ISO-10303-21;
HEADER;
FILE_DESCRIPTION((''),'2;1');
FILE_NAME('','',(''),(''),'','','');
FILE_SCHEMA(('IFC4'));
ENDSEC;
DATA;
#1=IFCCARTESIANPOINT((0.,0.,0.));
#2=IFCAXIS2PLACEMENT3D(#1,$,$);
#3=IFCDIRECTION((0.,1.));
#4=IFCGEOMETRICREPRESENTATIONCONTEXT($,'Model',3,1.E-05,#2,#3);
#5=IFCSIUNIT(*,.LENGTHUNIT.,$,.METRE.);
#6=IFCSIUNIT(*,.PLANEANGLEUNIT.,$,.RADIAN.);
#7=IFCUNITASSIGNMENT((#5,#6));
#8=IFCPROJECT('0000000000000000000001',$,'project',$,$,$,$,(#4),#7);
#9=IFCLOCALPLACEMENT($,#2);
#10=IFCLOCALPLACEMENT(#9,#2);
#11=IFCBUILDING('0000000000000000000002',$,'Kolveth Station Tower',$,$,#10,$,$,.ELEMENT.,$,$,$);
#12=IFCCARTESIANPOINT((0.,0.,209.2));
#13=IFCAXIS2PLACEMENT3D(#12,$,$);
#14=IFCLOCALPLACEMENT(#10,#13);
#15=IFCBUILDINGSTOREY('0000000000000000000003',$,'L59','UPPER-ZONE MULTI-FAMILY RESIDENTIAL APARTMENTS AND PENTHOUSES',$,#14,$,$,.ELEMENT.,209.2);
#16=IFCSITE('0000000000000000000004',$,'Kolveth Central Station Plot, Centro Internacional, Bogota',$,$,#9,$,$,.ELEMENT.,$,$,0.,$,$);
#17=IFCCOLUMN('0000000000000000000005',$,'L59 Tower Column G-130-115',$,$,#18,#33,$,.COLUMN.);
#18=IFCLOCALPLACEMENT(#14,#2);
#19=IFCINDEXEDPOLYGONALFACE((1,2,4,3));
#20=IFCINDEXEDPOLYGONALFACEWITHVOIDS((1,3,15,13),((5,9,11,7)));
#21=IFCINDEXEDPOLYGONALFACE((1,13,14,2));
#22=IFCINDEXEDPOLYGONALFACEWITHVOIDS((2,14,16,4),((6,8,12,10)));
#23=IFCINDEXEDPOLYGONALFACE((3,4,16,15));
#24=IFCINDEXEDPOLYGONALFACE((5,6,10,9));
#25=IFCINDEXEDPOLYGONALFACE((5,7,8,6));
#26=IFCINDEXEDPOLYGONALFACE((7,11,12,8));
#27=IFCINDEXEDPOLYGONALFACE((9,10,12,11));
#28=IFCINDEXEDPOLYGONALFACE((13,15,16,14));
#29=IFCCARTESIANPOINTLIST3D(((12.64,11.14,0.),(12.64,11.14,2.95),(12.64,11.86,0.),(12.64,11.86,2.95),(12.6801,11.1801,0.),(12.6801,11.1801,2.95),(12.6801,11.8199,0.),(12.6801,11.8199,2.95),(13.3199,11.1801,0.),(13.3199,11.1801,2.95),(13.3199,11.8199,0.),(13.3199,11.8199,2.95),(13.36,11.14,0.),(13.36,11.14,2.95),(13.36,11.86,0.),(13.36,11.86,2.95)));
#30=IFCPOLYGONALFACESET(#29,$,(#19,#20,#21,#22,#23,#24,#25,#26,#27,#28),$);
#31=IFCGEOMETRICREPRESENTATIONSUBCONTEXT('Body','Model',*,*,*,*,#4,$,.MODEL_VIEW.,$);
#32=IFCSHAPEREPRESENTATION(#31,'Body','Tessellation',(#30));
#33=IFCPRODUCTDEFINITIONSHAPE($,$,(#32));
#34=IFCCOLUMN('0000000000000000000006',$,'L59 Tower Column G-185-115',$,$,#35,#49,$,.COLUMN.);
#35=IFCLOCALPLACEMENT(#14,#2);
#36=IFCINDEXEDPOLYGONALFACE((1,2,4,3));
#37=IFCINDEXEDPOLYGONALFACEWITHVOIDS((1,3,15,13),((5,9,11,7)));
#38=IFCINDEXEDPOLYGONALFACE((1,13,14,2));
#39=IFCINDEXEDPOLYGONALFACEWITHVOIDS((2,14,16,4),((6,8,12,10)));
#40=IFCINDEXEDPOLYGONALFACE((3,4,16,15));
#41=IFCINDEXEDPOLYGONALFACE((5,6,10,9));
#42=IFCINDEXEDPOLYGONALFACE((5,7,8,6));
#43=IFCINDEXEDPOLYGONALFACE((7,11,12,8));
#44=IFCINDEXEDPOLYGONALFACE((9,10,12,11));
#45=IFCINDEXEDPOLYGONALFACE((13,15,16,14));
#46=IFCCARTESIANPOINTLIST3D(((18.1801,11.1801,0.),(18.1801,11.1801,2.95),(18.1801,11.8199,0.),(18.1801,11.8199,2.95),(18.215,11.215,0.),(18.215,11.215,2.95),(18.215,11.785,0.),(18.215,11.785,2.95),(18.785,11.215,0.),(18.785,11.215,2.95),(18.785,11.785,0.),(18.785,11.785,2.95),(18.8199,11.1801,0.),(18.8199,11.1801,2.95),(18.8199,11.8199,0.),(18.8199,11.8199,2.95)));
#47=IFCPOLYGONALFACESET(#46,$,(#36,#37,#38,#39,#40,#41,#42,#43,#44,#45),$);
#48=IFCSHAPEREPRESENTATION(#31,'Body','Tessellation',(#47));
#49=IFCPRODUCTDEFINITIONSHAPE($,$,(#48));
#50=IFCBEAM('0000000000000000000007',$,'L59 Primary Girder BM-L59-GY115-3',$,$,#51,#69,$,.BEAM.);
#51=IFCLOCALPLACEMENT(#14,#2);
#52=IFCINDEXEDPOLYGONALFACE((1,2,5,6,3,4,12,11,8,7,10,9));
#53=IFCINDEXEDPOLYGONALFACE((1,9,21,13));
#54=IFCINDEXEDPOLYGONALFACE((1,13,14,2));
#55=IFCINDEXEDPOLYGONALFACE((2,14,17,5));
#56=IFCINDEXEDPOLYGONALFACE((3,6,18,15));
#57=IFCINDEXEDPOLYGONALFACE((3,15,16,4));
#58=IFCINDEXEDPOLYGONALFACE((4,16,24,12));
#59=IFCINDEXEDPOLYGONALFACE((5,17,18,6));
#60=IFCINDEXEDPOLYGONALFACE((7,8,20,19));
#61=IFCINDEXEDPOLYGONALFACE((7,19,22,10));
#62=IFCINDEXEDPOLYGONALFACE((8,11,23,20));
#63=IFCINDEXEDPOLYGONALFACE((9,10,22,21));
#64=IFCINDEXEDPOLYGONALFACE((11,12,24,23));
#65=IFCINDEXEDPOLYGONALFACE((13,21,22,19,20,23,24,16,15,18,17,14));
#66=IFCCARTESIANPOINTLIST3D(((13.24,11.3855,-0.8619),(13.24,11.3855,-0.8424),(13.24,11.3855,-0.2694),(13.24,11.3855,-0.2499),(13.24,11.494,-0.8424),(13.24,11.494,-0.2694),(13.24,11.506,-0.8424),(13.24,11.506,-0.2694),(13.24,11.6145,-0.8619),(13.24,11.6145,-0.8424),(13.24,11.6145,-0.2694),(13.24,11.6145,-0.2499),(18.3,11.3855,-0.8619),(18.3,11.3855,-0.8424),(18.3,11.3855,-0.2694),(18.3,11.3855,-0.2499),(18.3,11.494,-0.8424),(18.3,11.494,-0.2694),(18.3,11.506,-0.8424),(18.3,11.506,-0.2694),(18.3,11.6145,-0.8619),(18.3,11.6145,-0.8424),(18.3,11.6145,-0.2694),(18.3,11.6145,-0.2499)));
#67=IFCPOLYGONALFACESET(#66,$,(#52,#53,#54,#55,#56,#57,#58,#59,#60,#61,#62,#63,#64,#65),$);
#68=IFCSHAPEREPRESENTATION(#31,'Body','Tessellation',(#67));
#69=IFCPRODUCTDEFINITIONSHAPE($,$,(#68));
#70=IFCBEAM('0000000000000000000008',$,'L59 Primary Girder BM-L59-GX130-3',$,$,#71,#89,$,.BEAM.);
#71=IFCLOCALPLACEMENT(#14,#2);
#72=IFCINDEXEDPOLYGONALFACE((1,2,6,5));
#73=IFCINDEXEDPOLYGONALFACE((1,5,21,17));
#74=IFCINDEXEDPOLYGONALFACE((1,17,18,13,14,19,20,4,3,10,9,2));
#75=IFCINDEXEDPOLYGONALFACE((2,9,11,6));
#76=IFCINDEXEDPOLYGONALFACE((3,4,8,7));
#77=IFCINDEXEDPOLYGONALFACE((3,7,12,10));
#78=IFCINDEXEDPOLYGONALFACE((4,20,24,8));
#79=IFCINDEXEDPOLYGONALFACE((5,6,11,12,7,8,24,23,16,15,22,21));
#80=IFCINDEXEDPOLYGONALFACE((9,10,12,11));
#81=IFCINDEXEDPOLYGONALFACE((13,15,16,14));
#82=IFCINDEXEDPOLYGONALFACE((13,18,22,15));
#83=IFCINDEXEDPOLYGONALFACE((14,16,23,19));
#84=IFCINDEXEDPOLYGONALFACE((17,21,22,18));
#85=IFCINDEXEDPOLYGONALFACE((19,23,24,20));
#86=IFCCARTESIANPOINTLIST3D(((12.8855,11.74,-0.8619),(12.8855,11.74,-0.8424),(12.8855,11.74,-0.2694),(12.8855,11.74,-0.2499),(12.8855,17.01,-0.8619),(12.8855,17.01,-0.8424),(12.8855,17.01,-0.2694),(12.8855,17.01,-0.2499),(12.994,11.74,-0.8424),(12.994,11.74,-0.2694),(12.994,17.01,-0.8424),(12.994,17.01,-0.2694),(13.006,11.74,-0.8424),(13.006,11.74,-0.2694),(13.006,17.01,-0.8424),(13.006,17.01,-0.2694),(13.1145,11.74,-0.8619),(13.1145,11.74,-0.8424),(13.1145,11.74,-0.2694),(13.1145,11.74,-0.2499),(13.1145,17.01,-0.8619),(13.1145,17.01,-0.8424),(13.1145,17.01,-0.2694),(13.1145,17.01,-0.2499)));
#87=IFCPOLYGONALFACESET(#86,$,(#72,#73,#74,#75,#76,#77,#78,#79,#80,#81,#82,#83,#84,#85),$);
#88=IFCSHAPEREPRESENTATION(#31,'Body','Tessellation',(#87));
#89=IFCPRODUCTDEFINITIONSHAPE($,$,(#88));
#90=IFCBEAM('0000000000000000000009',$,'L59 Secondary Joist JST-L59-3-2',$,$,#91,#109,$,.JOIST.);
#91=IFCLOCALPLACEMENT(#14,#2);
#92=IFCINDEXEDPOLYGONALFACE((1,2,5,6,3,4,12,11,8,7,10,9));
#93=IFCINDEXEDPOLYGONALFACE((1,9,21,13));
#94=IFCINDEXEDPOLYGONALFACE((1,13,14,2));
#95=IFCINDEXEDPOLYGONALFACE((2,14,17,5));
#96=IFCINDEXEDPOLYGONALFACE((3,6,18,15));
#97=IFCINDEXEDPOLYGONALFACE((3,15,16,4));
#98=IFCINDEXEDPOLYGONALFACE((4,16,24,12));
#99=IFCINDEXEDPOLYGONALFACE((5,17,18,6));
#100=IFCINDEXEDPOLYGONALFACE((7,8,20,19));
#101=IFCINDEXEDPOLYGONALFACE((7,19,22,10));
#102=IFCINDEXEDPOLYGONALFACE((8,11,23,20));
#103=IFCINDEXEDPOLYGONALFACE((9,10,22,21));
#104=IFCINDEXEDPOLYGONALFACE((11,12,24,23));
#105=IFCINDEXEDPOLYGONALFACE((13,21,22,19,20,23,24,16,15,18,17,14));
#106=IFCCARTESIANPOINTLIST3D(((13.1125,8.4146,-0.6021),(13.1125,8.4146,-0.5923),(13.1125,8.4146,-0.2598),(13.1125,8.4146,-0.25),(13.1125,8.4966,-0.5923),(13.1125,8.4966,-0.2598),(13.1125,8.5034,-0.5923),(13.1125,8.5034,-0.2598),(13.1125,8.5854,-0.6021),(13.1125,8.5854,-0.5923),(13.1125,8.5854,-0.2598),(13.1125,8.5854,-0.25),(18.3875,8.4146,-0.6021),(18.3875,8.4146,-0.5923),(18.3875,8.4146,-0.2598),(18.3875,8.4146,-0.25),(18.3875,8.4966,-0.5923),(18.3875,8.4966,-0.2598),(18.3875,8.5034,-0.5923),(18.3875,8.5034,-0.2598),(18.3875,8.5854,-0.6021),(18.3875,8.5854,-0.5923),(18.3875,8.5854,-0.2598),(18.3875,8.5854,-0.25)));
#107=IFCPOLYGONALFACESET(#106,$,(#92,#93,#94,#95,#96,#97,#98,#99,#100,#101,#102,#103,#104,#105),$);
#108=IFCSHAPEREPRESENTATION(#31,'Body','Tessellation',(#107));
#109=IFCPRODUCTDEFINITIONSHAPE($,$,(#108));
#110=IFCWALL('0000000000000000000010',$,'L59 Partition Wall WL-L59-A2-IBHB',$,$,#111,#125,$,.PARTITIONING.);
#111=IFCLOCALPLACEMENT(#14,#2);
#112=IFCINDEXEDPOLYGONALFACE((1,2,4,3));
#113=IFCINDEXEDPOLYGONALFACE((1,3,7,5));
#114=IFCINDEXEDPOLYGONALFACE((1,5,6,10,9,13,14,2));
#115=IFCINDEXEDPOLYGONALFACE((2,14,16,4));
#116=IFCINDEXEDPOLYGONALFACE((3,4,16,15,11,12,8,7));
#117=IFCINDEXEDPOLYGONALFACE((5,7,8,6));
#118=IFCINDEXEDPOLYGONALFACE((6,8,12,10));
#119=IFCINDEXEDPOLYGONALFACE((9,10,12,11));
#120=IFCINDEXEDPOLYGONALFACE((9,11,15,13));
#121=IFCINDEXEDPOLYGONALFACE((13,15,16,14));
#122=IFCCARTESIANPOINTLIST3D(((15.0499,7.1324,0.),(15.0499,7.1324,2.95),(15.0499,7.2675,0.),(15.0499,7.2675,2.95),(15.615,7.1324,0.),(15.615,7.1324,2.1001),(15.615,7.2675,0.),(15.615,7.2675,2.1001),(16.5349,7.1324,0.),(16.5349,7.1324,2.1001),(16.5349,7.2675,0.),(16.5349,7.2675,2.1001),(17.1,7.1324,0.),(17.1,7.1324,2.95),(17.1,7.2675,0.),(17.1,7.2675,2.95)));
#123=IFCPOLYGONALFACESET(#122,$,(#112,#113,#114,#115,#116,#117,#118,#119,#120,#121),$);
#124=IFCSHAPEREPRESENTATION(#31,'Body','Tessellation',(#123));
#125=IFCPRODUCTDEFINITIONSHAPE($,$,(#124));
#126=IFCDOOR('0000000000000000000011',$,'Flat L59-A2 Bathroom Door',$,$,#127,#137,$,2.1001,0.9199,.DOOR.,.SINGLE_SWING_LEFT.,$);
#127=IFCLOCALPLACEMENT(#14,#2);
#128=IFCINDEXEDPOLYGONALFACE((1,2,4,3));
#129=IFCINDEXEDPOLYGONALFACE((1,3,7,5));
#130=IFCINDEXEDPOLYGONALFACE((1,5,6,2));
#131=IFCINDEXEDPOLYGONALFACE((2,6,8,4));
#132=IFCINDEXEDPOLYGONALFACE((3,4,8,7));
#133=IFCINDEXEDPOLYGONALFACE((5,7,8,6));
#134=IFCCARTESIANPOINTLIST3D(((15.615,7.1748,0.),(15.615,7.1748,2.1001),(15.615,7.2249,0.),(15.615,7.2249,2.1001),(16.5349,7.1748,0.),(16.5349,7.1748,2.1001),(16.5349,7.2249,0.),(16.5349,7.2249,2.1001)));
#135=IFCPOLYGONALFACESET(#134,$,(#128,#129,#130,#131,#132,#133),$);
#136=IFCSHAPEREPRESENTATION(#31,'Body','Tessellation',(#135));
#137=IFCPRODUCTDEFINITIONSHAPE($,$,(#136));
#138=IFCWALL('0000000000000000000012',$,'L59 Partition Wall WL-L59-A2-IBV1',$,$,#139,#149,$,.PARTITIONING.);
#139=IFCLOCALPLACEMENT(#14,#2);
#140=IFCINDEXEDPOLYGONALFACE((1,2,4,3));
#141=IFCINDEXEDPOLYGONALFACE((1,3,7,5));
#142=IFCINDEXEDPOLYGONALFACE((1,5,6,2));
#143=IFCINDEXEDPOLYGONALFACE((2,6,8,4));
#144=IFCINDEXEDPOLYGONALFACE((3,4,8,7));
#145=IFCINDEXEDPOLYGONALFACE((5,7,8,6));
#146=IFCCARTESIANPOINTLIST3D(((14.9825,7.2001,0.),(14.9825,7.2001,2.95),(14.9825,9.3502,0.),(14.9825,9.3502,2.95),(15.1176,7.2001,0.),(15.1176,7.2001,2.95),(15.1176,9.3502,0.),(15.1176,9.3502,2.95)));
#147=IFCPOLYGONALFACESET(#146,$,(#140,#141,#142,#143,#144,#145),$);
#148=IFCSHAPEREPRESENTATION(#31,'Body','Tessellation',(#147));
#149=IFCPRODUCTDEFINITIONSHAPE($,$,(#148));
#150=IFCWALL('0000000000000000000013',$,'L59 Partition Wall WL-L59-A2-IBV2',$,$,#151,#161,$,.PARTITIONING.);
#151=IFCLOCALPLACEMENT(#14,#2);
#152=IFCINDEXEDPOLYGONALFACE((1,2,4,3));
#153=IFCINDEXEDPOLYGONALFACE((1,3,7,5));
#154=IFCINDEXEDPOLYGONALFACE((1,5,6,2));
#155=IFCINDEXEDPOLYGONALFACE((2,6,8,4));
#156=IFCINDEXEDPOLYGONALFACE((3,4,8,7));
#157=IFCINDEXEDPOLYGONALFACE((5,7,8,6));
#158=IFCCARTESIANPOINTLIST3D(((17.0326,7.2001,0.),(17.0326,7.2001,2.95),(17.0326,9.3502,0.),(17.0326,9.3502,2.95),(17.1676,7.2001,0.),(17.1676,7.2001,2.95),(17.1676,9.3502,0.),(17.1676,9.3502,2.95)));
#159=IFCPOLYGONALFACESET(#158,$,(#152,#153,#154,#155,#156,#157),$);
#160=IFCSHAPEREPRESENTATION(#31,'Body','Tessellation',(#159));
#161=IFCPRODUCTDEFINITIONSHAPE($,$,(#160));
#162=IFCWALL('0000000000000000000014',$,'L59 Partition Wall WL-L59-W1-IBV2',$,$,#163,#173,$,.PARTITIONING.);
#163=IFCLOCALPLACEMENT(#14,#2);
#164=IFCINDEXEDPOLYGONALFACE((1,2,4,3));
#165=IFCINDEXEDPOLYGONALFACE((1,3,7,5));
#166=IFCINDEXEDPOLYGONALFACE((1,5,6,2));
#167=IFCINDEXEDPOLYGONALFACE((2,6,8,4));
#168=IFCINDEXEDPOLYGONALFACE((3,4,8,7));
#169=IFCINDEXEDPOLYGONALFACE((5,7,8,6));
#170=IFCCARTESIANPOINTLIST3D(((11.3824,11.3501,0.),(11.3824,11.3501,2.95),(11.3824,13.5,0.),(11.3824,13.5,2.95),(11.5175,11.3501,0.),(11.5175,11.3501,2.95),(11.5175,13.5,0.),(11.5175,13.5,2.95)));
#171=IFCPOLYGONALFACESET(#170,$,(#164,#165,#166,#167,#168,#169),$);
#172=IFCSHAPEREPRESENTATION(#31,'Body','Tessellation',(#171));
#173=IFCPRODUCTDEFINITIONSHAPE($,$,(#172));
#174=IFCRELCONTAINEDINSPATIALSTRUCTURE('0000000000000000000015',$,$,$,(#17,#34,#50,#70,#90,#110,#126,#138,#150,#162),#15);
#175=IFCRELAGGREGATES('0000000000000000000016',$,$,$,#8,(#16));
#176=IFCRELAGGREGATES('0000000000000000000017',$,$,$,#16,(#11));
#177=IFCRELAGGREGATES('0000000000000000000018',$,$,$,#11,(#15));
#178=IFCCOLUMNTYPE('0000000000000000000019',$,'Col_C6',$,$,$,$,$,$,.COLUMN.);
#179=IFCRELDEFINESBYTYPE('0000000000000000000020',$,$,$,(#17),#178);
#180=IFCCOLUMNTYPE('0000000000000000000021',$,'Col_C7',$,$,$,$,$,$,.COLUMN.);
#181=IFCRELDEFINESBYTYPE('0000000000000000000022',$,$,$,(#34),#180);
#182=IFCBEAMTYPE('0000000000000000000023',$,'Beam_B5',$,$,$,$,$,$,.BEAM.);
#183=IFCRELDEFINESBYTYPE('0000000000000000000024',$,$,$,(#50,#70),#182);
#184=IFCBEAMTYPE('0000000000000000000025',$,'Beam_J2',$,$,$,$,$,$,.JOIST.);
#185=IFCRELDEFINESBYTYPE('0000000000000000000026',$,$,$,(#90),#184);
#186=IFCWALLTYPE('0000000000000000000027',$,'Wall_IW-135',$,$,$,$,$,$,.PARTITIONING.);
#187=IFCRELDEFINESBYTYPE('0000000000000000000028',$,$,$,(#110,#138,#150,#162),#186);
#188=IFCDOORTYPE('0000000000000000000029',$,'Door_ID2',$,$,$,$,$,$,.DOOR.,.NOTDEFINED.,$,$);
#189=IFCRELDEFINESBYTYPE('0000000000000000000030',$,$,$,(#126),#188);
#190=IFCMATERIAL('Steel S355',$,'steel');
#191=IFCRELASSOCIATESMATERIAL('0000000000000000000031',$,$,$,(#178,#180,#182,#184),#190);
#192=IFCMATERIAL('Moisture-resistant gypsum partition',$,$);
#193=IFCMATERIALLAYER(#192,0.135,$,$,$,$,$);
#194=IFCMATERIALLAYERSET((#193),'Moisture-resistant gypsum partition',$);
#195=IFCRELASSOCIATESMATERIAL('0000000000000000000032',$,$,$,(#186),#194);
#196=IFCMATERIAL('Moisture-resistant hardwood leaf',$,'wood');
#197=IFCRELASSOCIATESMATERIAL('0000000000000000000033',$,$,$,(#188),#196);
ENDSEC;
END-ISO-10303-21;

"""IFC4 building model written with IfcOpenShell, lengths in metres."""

from ifc_helpers import new_model, si_unit, direction, frame, frame_2d, origin, origin_2d, place, context, subcontext, project, spatial, rectangle, hollow_rectangle, i_section, extrude, source, transform, mapped, material, layer, layer_set, material_profile, profile_set, type_object, element, fill, save


model = new_model("IFC4")

# Units and contexts
model_context = context("Model", 3, precision=1e-05, world=origin(), true_north=direction((0.0, 1.0)))
body_context = subcontext(model_context, "Body", "Model", "MODEL_VIEW")
ifc_project = project(units=[si_unit("LENGTHUNIT", "METRE"), si_unit("PLANEANGLEUNIT", "RADIAN")], contexts=[model_context])

# Site, building, storey
site_placement = place(None, origin())
site = spatial("IfcSite", under=ifc_project, at=site_placement, Name="Kolveth Central Station Plot, Centro Internacional, Bogota", CompositionType="ELEMENT", RefElevation=0.0)
building_placement = place(site_placement, origin())
building = spatial("IfcBuilding", under=site, at=building_placement, Name="Kolveth Station Tower", CompositionType="ELEMENT")
storey_placement = place(building_placement, frame((0.0, 0.0, 209.2)))
storey = spatial("IfcBuildingStorey", under=building, at=storey_placement, Name="L59", Description="UPPER-ZONE MULTI-FAMILY RESIDENTIAL APARTMENTS AND PENTHOUSES", CompositionType="ELEMENT", Elevation=209.2)

# Columns
ifc_material_1 = material(Name="Steel S355", Category="steel")
ifc_material_profile_1 = material_profile(ifc_material_1, hollow_rectangle(XDim=0.72, YDim=0.72, WallThickness=0.04, at=origin_2d()), Name="BOX720x720x40")
ifc_profile_set_1 = profile_set([ifc_material_profile_1], Name="Steel S355")
column_type_1 = type_object("IfcColumnType", Name="Col_C6", PredefinedType="COLUMN", material=ifc_profile_set_1)
shared_shape_1 = source(origin(), body_context, "Body", "SweptSolid", [
    extrude(hollow_rectangle(XDim=0.72, YDim=0.72, WallThickness=0.04, at=origin_2d()), origin(), (0.0, 0.0, 1.0), 2.95),
])
column_1_placement = place(storey_placement, frame((13.0, 11.5, 0.0), z_axis=(0.0, 0.0, 1.0), x_axis=(1.0, 0.0, 0.0)))
element("IfcColumn", 1, at=column_1_placement, inside=storey, type_object=column_type_1, Name="L59 Tower Column G-130-115", PredefinedType="COLUMN", context=body_context, shape_type="MappedRepresentation", body=[
    mapped(shared_shape_1, transform((0.0, 0.0, 0.0), x_axis=(1.0, 0.0, 0.0), y_axis=(0.0, 1.0, 0.0), z_axis=(0.0, 0.0, 1.0), scale=1.0)),
])
ifc_material_profile_2 = material_profile(ifc_material_1, hollow_rectangle(XDim=0.6399, YDim=0.6399, WallThickness=0.0349, at=origin_2d()), Name="BOX640x640x35")
ifc_profile_set_2 = profile_set([ifc_material_profile_2], Name="Steel S355")
column_type_2 = type_object("IfcColumnType", Name="Col_C7", PredefinedType="COLUMN", material=ifc_profile_set_2)
shared_shape_2 = source(origin(), body_context, "Body", "SweptSolid", [
    extrude(hollow_rectangle(XDim=0.6399, YDim=0.6399, WallThickness=0.0349, at=origin_2d()), origin(), (0.0, 0.0, 1.0), 2.95),
])
column_2_placement = place(storey_placement, frame((18.5, 11.5, 0.0), z_axis=(0.0, 0.0, 1.0), x_axis=(1.0, 0.0, 0.0)))
element("IfcColumn", 2, at=column_2_placement, inside=storey, type_object=column_type_2, Name="L59 Tower Column G-185-115", PredefinedType="COLUMN", context=body_context, shape_type="MappedRepresentation", body=[
    mapped(shared_shape_2, transform((0.0, 0.0, 0.0), x_axis=(1.0, 0.0, 0.0), y_axis=(0.0, 1.0, 0.0), z_axis=(0.0, 0.0, 1.0), scale=1.0)),
])

# Beams
ifc_material_profile_3 = material_profile(ifc_material_1, i_section(OverallWidth=0.229, OverallDepth=0.6121, WebThickness=0.012, FlangeThickness=0.0195, at=origin_2d()), Name="W610x125")
ifc_profile_set_3 = profile_set([ifc_material_profile_3], Name="Steel S355")
beam_type_1 = type_object("IfcBeamType", Name="Beam_B5", PredefinedType="BEAM", material=ifc_profile_set_3)
shared_shape_3 = source(origin(), body_context, "Body", "SweptSolid", [
    extrude(i_section(OverallWidth=0.229, OverallDepth=0.6121, WebThickness=0.012, FlangeThickness=0.0195, at=origin_2d()), origin(), (0.0, 0.0, 1.0), 5.0601),
])
beam_1_placement = place(storey_placement, frame((13.24, 11.5, -0.5559), z_axis=(1.0, 0.0, 0.0), x_axis=(0.0, 1.0, 0.0)))
element("IfcBeam", 3, at=beam_1_placement, inside=storey, type_object=beam_type_1, Name="L59 Primary Girder BM-L59-GY115-3", PredefinedType="BEAM", context=body_context, shape_type="MappedRepresentation", body=[
    mapped(shared_shape_3, transform((0.0, 0.0, 0.0), x_axis=(1.0, 0.0, 0.0), y_axis=(0.0, 1.0, 0.0), z_axis=(0.0, 0.0, 1.0), scale=1.0)),
])
shared_shape_4 = source(origin(), body_context, "Body", "SweptSolid", [
    extrude(i_section(OverallWidth=0.229, OverallDepth=0.6121, WebThickness=0.012, FlangeThickness=0.0195, at=origin_2d()), origin(), (0.0, 0.0, 1.0), 5.27),
])
beam_2_placement = place(storey_placement, frame((13.0, 11.74, -0.5559), z_axis=(0.0, 1.0, 0.0), x_axis=(-1.0, 0.0, 0.0)))
element("IfcBeam", 4, at=beam_2_placement, inside=storey, type_object=beam_type_1, Name="L59 Primary Girder BM-L59-GX130-3", PredefinedType="BEAM", context=body_context, shape_type="MappedRepresentation", body=[
    mapped(shared_shape_4, transform((0.0, 0.0, 0.0), x_axis=(1.0, 0.0, 0.0), y_axis=(0.0, 1.0, 0.0), z_axis=(0.0, 0.0, 1.0), scale=1.0)),
])
ifc_material_profile_4 = material_profile(ifc_material_1, i_section(OverallWidth=0.1709, OverallDepth=0.3521, WebThickness=0.0068, FlangeThickness=0.0098, at=origin_2d()), Name="W360x44")
ifc_profile_set_4 = profile_set([ifc_material_profile_4], Name="Steel S355")
beam_type_2 = type_object("IfcBeamType", Name="Beam_J2", PredefinedType="JOIST", material=ifc_profile_set_4)
shared_shape_5 = source(origin(), body_context, "Body", "SweptSolid", [
    extrude(i_section(OverallWidth=0.1709, OverallDepth=0.3521, WebThickness=0.0068, FlangeThickness=0.0098, at=origin_2d()), origin(), (0.0, 0.0, 1.0), 5.2749),
])
beam_3_placement = place(storey_placement, frame((13.1125, 8.5, -0.426), z_axis=(1.0, 0.0, 0.0), x_axis=(0.0, 1.0, 0.0)))
element("IfcBeam", 5, at=beam_3_placement, inside=storey, type_object=beam_type_2, Name="L59 Secondary Joist JST-L59-3-2", PredefinedType="JOIST", context=body_context, shape_type="MappedRepresentation", body=[
    mapped(shared_shape_5, transform((0.0, 0.0, 0.0), x_axis=(1.0, 0.0, 0.0), y_axis=(0.0, 1.0, 0.0), z_axis=(0.0, 0.0, 1.0), scale=1.0)),
])

# Wall, opening, door
ifc_material_2 = material(Name="Moisture-resistant gypsum partition")
ifc_layer_1 = layer(ifc_material_2, 0.135)
ifc_layer_set_1 = layer_set([ifc_layer_1], Name="Moisture-resistant gypsum partition")
wall_type_1 = type_object("IfcWallType", Name="Wall_IW-135", PredefinedType="PARTITIONING", material=ifc_layer_set_1)
wall_1_placement = place(storey_placement, frame((15.05, 7.2, 0.0), z_axis=(0.0, 0.0, 1.0), x_axis=(1.0, 0.0, 0.0)))
wall_1 = element("IfcWall", 6, at=wall_1_placement, inside=storey, type_object=wall_type_1, Name="L59 Partition Wall WL-L59-A2-IBHB", PredefinedType="PARTITIONING", context=body_context, shape_type="SweptSolid", body=[
    extrude(rectangle(XDim=2.05, YDim=0.135, at=frame_2d((1.0249, 0.0))), origin(), (0.0, 0.0, 1.0), 2.95),
])
opening_1_placement = place(wall_1_placement, frame((0.5649, 0.0, 0.0)))
opening_1 = element("IfcOpeningElement", 7, at=opening_1_placement, cuts=wall_1, PredefinedType="OPENING", context=body_context, shape_type="SweptSolid", body=[
    extrude(rectangle(XDim=0.9199, YDim=2.1001, at=frame_2d((0.46, 1.05))), frame((0.0, 0.0774, 0.0), z_axis=(0.0, -1.0, 0.0), x_axis=(1.0, 0.0, 0.0)), (0.0, 0.0, 1.0), 0.155),
])
ifc_material_3 = material(Name="Moisture-resistant hardwood leaf", Category="wood")
door_type_1 = type_object("IfcDoorType", Name="Door_ID2", OperationType="NOTDEFINED", PredefinedType="DOOR", material=ifc_material_3)
door_1_placement = place(opening_1_placement, origin())
door_1 = element("IfcDoor", 8, at=door_1_placement, inside=storey, type_object=door_type_1, Name="Flat L59-A2 Bathroom Door", OperationType="SINGLE_SWING_LEFT", OverallHeight=2.1001, OverallWidth=0.9199, PredefinedType="DOOR", context=body_context, shape_type="SweptSolid", body=[
    extrude(rectangle(XDim=0.9199, YDim=2.1001, at=frame_2d((0.46, 1.05))), frame((0.0, 0.0249, 0.0), z_axis=(0.0, -1.0, 0.0), x_axis=(1.0, 0.0, 0.0)), (0.0, 0.0, 1.0), 0.05),
])
fill(opening_1, door_1)

# Walls
for number, where, z_axis, x_axis, name in (
    (9, (15.05, 7.2, 0.0), (0.0, 0.0, 1.0), (0.0, 1.0, 0.0), "L59 Partition Wall WL-L59-A2-IBV1"),
    (10, (17.1001, 7.2, 0.0), (0.0, 0.0, 1.0), (0.0, 1.0, 0.0), "L59 Partition Wall WL-L59-A2-IBV2"),
):
    element("IfcWall", number, at=place(storey_placement, frame(where, z_axis=z_axis, x_axis=x_axis)), inside=storey, type_object=wall_type_1, Name=name, PredefinedType="PARTITIONING", context=body_context, shape_type="SweptSolid", body=[
        extrude(rectangle(XDim=2.1501, YDim=0.135, at=frame_2d((1.0752, 0.0))), origin(), (0.0, 0.0, 1.0), 2.95),
    ])
wall_2_placement = place(storey_placement, frame((11.45, 11.3501, 0.0), z_axis=(0.0, 0.0, 1.0), x_axis=(0.0, 1.0, 0.0)))
element("IfcWall", 11, at=wall_2_placement, inside=storey, type_object=wall_type_1, Name="L59 Partition Wall WL-L59-W1-IBV2", PredefinedType="PARTITIONING", context=body_context, shape_type="SweptSolid", body=[
    extrude(rectangle(XDim=2.1499, YDim=0.135, at=frame_2d((1.075, 0.0))), origin(), (0.0, 0.0, 1.0), 2.95),
])

save(model, "model.ifc")
